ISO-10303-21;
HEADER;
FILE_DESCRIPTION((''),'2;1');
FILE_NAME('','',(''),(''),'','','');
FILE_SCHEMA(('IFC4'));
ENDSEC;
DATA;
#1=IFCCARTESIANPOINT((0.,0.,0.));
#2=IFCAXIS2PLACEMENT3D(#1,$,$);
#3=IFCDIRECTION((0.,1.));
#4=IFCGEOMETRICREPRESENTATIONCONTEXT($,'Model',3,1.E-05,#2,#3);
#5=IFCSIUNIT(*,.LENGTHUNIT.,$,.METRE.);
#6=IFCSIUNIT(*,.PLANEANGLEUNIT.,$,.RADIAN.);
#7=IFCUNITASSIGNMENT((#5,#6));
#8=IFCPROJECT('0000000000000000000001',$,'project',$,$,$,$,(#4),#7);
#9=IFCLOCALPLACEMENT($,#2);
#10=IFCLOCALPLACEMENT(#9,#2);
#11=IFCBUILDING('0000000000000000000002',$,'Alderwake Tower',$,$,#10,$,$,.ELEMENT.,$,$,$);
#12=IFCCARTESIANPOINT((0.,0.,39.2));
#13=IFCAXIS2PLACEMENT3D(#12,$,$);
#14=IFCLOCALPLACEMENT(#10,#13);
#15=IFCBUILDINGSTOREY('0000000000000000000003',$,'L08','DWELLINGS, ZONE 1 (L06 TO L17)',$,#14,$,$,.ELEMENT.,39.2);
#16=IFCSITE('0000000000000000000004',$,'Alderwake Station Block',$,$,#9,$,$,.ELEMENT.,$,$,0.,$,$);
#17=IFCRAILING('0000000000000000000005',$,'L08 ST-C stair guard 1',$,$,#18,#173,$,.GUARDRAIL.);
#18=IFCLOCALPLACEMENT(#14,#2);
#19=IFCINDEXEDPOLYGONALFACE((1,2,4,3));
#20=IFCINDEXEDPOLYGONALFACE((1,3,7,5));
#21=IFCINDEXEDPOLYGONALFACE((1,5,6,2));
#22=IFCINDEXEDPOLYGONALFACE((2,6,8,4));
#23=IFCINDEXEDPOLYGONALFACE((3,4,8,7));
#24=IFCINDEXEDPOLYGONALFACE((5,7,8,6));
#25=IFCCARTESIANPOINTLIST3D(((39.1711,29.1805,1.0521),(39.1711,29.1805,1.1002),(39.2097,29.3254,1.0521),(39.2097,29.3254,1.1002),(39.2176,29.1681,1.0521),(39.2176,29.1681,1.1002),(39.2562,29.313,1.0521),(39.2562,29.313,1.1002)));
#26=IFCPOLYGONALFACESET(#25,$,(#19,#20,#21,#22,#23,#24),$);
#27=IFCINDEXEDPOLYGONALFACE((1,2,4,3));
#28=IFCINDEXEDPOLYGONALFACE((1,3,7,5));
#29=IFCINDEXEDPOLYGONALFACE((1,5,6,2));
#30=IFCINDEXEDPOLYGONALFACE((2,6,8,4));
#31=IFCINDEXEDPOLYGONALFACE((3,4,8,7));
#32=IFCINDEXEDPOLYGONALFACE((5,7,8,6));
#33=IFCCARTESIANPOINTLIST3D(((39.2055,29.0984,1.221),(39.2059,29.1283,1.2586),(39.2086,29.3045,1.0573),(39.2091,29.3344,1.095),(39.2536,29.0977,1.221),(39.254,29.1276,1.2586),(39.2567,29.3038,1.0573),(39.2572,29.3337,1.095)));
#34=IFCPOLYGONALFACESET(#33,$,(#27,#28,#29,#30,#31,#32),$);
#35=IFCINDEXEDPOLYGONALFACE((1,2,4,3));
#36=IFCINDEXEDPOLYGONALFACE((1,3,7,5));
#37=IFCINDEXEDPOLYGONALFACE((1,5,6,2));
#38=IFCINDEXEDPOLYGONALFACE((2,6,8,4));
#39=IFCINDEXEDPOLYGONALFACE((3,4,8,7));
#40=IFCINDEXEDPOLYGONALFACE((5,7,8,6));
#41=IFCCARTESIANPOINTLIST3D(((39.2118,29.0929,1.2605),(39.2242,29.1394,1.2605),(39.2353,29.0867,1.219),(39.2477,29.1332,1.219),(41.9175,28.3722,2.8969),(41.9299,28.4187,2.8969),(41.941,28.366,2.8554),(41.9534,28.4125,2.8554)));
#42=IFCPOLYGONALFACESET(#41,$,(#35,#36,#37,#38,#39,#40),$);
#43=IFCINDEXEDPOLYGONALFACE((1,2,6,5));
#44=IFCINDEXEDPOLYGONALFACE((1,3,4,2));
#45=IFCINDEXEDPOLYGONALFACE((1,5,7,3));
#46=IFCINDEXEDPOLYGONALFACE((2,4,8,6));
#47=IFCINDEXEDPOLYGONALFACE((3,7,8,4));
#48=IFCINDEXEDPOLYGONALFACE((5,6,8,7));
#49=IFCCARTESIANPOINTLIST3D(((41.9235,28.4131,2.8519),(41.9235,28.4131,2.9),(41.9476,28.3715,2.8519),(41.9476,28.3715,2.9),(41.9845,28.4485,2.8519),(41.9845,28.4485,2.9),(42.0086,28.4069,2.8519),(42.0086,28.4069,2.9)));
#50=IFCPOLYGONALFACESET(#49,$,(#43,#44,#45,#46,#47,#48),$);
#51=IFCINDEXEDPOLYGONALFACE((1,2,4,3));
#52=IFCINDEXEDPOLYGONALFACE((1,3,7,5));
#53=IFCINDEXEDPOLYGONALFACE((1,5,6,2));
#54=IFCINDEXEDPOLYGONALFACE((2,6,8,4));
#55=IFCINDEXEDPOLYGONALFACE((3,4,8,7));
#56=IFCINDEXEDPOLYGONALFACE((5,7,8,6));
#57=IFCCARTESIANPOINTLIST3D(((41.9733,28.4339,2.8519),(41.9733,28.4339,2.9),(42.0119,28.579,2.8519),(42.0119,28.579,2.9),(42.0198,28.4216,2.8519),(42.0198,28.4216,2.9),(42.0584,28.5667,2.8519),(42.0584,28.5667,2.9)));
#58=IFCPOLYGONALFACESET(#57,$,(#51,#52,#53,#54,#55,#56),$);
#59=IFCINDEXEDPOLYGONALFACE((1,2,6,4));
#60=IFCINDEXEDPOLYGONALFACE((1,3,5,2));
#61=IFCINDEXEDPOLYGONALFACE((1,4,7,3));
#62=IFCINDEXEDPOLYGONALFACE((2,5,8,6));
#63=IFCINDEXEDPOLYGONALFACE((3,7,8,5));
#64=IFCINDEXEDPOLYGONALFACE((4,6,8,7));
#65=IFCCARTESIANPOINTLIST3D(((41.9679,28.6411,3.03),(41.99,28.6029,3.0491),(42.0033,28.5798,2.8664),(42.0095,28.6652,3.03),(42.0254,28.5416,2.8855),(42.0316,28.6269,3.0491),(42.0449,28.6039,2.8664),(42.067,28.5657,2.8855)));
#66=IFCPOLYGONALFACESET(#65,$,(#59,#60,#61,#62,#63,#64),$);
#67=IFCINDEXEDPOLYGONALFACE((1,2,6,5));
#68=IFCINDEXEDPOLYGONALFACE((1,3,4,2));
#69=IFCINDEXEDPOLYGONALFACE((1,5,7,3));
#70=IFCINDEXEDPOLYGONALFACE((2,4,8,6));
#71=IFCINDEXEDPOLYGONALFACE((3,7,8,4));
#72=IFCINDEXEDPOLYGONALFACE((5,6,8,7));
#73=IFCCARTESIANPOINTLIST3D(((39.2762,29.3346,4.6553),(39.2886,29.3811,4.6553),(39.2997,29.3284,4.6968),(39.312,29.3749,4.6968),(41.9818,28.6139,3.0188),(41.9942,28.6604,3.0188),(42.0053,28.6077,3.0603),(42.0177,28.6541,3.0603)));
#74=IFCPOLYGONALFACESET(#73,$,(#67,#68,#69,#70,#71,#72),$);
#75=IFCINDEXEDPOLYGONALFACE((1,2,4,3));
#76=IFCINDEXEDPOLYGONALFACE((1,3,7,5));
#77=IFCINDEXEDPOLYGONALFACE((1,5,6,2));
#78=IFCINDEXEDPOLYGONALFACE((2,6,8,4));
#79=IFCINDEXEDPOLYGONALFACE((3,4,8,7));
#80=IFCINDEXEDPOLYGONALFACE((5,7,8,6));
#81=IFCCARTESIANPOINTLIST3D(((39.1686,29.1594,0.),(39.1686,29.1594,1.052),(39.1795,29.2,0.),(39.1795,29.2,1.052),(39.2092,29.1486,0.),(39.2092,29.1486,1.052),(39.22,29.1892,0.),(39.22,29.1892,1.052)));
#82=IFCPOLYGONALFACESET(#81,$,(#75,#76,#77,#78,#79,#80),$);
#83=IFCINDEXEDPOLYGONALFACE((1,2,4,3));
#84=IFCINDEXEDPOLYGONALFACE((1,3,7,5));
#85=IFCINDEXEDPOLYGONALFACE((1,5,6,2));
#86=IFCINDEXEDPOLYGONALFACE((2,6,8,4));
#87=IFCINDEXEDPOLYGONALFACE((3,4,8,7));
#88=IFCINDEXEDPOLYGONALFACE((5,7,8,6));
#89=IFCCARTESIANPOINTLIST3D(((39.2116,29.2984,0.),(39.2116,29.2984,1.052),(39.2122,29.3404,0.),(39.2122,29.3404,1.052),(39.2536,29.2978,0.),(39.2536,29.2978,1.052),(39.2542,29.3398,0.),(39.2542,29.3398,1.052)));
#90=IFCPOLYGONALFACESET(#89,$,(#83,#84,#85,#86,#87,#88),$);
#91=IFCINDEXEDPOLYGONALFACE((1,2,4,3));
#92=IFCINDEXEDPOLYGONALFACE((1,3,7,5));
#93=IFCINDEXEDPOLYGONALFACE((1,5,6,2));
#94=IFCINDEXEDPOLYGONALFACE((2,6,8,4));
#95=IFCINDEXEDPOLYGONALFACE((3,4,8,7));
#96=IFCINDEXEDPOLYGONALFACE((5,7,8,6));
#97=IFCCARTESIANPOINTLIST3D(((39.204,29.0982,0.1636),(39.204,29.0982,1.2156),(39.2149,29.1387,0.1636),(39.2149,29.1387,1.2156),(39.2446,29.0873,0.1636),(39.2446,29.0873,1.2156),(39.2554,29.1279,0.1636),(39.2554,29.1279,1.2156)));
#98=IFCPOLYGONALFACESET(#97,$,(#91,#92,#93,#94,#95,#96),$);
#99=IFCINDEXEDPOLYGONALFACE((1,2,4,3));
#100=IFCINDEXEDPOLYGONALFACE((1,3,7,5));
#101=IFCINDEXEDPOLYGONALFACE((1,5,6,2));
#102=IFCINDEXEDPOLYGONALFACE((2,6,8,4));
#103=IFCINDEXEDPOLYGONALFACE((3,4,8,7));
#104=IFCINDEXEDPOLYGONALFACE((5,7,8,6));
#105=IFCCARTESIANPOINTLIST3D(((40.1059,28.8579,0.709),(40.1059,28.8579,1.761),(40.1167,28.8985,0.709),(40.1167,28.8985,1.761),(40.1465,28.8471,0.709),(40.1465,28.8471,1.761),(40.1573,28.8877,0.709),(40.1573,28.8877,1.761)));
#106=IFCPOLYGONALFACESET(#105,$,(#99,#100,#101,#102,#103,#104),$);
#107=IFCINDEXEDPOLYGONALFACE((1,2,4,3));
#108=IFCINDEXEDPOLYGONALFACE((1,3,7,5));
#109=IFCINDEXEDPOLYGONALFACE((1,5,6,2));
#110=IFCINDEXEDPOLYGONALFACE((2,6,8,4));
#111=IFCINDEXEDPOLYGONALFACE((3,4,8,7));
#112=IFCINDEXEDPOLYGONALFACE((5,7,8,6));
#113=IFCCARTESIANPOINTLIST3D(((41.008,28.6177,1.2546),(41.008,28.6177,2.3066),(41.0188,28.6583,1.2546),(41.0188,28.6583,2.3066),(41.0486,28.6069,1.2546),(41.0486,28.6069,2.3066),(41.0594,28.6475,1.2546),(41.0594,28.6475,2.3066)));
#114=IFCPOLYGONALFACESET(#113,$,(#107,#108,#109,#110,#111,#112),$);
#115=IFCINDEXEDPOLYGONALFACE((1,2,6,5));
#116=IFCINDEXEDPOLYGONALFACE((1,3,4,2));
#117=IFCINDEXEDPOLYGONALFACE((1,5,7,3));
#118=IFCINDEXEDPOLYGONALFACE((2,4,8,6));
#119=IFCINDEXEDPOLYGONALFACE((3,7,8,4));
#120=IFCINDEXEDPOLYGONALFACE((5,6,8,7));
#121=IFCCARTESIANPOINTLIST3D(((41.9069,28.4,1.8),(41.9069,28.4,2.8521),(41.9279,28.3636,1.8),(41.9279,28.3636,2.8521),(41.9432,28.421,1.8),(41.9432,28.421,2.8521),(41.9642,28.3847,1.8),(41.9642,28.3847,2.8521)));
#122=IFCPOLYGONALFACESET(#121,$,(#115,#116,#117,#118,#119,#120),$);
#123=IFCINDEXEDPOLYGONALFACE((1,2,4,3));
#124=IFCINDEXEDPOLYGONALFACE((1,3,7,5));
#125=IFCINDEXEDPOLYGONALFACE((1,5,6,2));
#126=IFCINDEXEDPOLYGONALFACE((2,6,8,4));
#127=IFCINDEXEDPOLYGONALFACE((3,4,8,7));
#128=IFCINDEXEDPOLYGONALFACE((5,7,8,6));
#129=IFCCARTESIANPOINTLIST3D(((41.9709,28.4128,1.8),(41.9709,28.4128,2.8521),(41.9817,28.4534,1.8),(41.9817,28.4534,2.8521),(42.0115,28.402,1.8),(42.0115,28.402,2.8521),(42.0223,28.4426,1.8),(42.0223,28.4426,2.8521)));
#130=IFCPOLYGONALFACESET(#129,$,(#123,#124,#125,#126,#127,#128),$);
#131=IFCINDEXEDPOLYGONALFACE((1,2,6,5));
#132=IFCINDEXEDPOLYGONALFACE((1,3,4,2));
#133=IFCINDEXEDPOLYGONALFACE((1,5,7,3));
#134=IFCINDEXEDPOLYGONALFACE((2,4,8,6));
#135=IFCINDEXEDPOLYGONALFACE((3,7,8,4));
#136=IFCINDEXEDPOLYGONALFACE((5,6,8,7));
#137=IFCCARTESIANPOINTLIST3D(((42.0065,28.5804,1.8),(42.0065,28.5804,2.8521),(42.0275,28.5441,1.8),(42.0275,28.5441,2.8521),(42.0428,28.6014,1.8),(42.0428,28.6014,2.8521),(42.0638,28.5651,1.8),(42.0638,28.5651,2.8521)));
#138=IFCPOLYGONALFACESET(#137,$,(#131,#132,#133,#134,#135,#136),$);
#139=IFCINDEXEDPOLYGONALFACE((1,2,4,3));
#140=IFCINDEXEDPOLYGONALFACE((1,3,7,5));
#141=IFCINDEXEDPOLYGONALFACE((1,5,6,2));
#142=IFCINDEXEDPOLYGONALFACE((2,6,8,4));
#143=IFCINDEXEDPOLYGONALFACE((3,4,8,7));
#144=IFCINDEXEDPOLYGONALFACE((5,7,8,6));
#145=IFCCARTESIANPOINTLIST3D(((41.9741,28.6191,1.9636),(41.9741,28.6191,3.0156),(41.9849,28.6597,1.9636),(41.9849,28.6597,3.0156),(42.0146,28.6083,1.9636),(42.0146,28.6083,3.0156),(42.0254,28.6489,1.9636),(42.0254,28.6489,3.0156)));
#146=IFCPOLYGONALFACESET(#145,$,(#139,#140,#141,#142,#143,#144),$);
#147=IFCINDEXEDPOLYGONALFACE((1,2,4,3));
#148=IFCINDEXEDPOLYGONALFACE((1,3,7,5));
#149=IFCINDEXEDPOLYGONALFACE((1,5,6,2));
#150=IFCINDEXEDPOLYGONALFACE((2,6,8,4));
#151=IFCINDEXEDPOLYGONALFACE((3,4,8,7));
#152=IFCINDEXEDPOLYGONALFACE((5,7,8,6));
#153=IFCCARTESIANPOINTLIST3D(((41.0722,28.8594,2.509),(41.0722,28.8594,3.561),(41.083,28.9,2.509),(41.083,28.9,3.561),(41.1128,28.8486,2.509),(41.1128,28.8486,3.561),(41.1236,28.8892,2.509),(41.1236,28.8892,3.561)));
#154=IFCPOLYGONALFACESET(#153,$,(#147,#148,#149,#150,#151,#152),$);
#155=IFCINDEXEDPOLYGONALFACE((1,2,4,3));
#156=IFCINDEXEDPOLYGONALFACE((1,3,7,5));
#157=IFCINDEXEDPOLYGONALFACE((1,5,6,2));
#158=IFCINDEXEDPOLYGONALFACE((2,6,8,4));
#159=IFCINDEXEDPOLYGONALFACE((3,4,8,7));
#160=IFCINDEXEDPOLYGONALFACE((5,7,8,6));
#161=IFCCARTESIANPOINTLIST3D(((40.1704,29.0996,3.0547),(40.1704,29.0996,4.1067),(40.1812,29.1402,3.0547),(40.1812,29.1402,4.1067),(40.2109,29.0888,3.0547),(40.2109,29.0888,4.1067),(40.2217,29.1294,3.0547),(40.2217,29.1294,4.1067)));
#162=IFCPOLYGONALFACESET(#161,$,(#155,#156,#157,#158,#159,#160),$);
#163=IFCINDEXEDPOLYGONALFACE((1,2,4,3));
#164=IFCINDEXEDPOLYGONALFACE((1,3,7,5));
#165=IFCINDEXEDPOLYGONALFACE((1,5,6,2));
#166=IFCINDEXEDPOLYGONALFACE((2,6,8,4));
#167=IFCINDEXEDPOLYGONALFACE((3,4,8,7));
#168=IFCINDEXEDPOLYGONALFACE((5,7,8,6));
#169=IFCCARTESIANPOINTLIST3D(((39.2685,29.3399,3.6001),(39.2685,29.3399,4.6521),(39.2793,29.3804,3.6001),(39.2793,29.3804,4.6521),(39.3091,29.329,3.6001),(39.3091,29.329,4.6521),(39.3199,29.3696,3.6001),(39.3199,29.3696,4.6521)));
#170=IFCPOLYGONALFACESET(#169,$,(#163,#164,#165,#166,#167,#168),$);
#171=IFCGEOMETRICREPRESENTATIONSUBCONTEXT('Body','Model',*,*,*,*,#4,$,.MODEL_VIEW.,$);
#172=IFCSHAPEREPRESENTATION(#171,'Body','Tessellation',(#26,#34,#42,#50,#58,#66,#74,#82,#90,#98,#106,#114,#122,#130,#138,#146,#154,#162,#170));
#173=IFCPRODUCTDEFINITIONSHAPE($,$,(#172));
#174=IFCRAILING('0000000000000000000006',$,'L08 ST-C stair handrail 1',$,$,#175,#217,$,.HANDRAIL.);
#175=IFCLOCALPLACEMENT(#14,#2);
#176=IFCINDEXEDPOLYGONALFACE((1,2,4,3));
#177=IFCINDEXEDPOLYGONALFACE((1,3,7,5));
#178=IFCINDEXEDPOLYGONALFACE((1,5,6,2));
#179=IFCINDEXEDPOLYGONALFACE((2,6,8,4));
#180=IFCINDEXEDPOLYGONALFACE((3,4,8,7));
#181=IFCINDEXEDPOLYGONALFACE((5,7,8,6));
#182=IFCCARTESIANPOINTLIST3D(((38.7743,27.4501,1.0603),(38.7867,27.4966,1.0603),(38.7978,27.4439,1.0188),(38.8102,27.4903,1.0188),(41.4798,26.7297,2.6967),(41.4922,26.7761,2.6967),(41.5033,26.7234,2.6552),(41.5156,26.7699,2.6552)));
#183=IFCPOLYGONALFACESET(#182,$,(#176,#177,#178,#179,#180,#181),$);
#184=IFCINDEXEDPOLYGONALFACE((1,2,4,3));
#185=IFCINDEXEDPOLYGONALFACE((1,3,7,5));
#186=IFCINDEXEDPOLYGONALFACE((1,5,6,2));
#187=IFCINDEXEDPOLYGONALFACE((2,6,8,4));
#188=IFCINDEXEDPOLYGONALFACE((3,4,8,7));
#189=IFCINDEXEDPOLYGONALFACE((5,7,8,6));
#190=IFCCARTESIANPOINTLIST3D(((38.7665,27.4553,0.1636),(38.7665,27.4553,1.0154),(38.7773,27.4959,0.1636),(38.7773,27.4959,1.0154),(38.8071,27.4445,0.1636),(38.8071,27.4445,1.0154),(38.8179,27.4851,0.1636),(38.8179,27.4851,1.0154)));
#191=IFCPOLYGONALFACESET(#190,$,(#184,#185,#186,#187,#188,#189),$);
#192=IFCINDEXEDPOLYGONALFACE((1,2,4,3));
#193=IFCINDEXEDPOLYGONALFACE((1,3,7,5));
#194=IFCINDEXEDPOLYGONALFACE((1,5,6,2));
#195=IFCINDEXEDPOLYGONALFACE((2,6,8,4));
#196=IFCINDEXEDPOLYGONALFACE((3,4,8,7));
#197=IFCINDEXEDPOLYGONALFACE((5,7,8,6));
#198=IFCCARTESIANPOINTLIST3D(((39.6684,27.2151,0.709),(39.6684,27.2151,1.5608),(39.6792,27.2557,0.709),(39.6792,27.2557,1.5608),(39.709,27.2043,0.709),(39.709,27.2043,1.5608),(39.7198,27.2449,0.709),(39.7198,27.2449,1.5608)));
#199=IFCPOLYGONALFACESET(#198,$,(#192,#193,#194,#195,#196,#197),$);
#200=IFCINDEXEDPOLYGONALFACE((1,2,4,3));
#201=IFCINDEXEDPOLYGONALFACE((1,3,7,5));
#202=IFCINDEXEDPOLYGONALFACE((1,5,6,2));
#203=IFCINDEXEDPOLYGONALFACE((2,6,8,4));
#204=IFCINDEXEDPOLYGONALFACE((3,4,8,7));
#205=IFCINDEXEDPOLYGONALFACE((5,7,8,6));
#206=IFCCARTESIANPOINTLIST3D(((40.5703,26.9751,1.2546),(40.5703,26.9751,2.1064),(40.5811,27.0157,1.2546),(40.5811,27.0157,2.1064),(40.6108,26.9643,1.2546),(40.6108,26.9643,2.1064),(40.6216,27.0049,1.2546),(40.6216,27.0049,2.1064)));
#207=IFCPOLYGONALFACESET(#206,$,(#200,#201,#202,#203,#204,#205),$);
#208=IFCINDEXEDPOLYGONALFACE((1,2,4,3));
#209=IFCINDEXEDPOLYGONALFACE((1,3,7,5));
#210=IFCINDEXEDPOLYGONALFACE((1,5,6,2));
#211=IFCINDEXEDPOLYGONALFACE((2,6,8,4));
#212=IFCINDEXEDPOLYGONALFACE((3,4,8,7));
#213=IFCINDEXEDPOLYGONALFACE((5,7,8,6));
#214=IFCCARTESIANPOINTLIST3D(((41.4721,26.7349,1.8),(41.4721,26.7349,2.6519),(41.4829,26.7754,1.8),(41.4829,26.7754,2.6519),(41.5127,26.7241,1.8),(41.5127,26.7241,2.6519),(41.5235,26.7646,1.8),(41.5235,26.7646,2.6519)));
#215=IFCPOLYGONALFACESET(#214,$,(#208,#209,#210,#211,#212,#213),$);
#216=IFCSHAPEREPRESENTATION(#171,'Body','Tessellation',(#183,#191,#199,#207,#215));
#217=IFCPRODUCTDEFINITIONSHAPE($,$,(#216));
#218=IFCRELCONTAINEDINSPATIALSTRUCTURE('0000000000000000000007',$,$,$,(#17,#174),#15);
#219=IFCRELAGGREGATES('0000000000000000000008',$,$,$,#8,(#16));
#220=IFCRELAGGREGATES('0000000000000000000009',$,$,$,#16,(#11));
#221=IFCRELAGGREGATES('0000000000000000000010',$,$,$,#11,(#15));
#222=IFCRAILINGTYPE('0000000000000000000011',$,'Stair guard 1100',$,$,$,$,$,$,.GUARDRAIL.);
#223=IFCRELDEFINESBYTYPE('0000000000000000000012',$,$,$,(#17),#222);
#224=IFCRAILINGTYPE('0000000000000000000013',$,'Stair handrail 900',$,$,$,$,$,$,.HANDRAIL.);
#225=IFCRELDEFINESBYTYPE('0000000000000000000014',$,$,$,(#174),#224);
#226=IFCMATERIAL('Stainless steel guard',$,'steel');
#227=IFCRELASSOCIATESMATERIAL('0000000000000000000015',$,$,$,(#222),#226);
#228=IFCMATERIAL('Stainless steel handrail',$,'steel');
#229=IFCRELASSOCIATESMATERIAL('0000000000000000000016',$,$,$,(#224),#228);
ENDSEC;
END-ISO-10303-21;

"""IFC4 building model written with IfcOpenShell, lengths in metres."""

from ifc_helpers import new_model, si_unit, direction, frame, origin, origin_2d, place, context, subcontext, project, spatial, rectangle, extrude, material, type_object, element, save


model = new_model("IFC4")

# Units and contexts
model_context = context("Model", 3, precision=1e-05, world=origin(), true_north=direction((0.0, 1.0)))
body_context = subcontext(model_context, "Body", "Model", "MODEL_VIEW")
ifc_project = project(units=[si_unit("LENGTHUNIT", "METRE"), si_unit("PLANEANGLEUNIT", "RADIAN")], contexts=[model_context])

# Site, building, storey
site_placement = place(None, origin())
site = spatial("IfcSite", under=ifc_project, at=site_placement, Name="Alderwake Station Block", CompositionType="ELEMENT", RefElevation=0.0)
building_placement = place(site_placement, origin())
building = spatial("IfcBuilding", under=site, at=building_placement, Name="Alderwake Tower", CompositionType="ELEMENT")
storey_placement = place(building_placement, frame((0.0, 0.0, 39.2)))
storey = spatial("IfcBuildingStorey", under=building, at=storey_placement, Name="L08", Description="DWELLINGS, ZONE 1 (L06 TO L17)", CompositionType="ELEMENT", Elevation=39.2)

# Railings
ifc_material_1 = material(Name="Stainless steel guard", Category="steel")
railing_type_1 = type_object("IfcRailingType", Name="Stair guard 1100", PredefinedType="GUARDRAIL", material=ifc_material_1)
railing_1_placement = place(storey_placement, frame((39.1943, 29.1743, 0.0)))
element("IfcRailing", 1, at=railing_1_placement, inside=storey, type_object=railing_type_1, Name="L08 ST-C stair guard 1", PredefinedType="GUARDRAIL", context=body_context, shape_type="SweptSolid", body=[
    extrude(rectangle(XDim=0.0481, YDim=0.0481, at=origin_2d()), frame((0.0, 0.0, 1.0762), z_axis=(0.25746, 0.966289, 0.0), x_axis=(-0.966289, 0.25746, 0.0)), (0.0, 0.0, 1.0), 0.1499),
    extrude(rectangle(XDim=0.0481, YDim=0.0481, at=origin_2d()), frame((0.0386, 0.1448, 1.0762), z_axis=(-0.012063, -0.78316, 0.621703), x_axis=(0.999881, -0.015401, 0.0)), (0.0, 0.0, 1.0), 0.2632),
    extrude(rectangle(XDim=0.0481, YDim=0.0481, at=origin_2d()), frame((0.0354, -0.0613, 1.2397), z_axis=(0.834282, -0.222214, 0.504574), x_axis=(0.25738, 0.96631, 0.0)), (0.0, 0.0, 1.0), 3.2432),
    extrude(rectangle(XDim=0.0481, YDim=0.0481, at=origin_2d()), frame((2.7412, -0.782, 2.876), z_axis=(0.865031, 0.501718, 0.0), x_axis=(-0.501718, 0.865031, 0.0)), (0.0, 0.0, 1.0), 0.0706),
    extrude(rectangle(XDim=0.0481, YDim=0.0481, at=origin_2d()), frame((2.8022, -0.7466, 2.876), z_axis=(0.257055, 0.966397, 0.0), x_axis=(-0.966397, 0.257055, 0.0)), (0.0, 0.0, 1.0), 0.1501),
    extrude(rectangle(XDim=0.0481, YDim=0.0481, at=origin_2d()), frame((2.8408, -0.6016, 2.876), z_axis=(-0.198625, 0.343827, 0.917786), x_axis=(-0.865898, -0.50022, 0.0)), (0.0, 0.0, 1.0), 0.1782),
    extrude(rectangle(XDim=0.0481, YDim=0.0481, at=origin_2d()), frame((2.8054, -0.5403, 3.0396), z_axis=(-0.834259, 0.222228, 0.504605), x_axis=(-0.257402, -0.966304, 0.0)), (0.0, 0.0, 1.0), 3.2432),
    extrude(rectangle(XDim=0.042, YDim=0.042, at=origin_2d()), frame((0.0, 0.0, 0.0), z_axis=(0.0, 0.0, 1.0), x_axis=(0.25746, 0.966289, 0.0)), (0.0, 0.0, 1.0), 1.052),
    extrude(rectangle(XDim=0.042, YDim=0.042, at=origin_2d()), frame((0.0386, 0.1448, 0.0), z_axis=(0.0, 0.0, 1.0), x_axis=(-0.015401, -0.999881, 0.0)), (0.0, 0.0, 1.0), 1.052),
    extrude(rectangle(XDim=0.042, YDim=0.042, at=origin_2d()), frame((0.0354, -0.0613, 0.1636), z_axis=(0.0, 0.0, 1.0), x_axis=(0.96631, -0.25738, 0.0)), (0.0, 0.0, 1.0), 1.052),
    extrude(rectangle(XDim=0.042, YDim=0.042, at=origin_2d()), frame((0.9373, -0.3015, 0.709), z_axis=(0.0, 0.0, 1.0), x_axis=(0.96631, -0.25738, 0.0)), (0.0, 0.0, 1.0), 1.052),
    extrude(rectangle(XDim=0.042, YDim=0.042, at=origin_2d()), frame((1.8394, -0.5417, 1.2546), z_axis=(0.0, 0.0, 1.0), x_axis=(0.96631, -0.25738, 0.0)), (0.0, 0.0, 1.0), 1.052),
    extrude(rectangle(XDim=0.042, YDim=0.042, at=origin_2d()), frame((2.7412, -0.782, 1.8), z_axis=(0.0, 0.0, 1.0), x_axis=(0.865031, 0.501718, 0.0)), (0.0, 0.0, 1.0), 1.052),
    extrude(rectangle(XDim=0.042, YDim=0.042, at=origin_2d()), frame((2.8022, -0.7466, 1.8), z_axis=(0.0, 0.0, 1.0), x_axis=(0.257055, 0.966397, 0.0)), (0.0, 0.0, 1.0), 1.052),
    extrude(rectangle(XDim=0.042, YDim=0.042, at=origin_2d()), frame((2.8408, -0.6016, 1.8), z_axis=(0.0, 0.0, 1.0), x_axis=(-0.50022, 0.865898, 0.0)), (0.0, 0.0, 1.0), 1.052),
    extrude(rectangle(XDim=0.042, YDim=0.042, at=origin_2d()), frame((2.8054, -0.5403, 1.9636), z_axis=(0.0, 0.0, 1.0), x_axis=(-0.966304, 0.257402, 0.0)), (0.0, 0.0, 1.0), 1.052),
    extrude(rectangle(XDim=0.042, YDim=0.042, at=origin_2d()), frame((1.9036, -0.3, 2.509), z_axis=(0.0, 0.0, 1.0), x_axis=(-0.966304, 0.257402, 0.0)), (0.0, 0.0, 1.0), 1.052),
    extrude(rectangle(XDim=0.042, YDim=0.042, at=origin_2d()), frame((1.0017, -0.0598, 3.0547), z_axis=(0.0, 0.0, 1.0), x_axis=(-0.966304, 0.257402, 0.0)), (0.0, 0.0, 1.0), 1.052),
    extrude(rectangle(XDim=0.042, YDim=0.042, at=origin_2d()), frame((0.0999, 0.1804, 3.6001), z_axis=(0.0, 0.0, 1.0), x_axis=(-0.966304, 0.257402, 0.0)), (0.0, 0.0, 1.0), 1.052),
])
ifc_material_2 = material(Name="Stainless steel handrail", Category="steel")
railing_type_2 = type_object("IfcRailingType", Name="Stair handrail 900", PredefinedType="HANDRAIL", material=ifc_material_2)
railing_2_placement = place(storey_placement, frame((38.7922, 27.4702, 0.1636)))
element("IfcRailing", 2, at=railing_2_placement, inside=storey, type_object=railing_type_2, Name="L08 ST-C stair handrail 1", PredefinedType="HANDRAIL", context=body_context, shape_type="SweptSolid", body=[
    extrude(rectangle(XDim=0.0481, YDim=0.0481, at=origin_2d()), frame((0.0, 0.0, 0.876), z_axis=(0.834273, -0.222157, 0.504614), x_axis=(0.257321, 0.966326, 0.0)), (0.0, 0.0, 1.0), 3.2429),
    extrude(rectangle(XDim=0.042, YDim=0.042, at=origin_2d()), frame((0.0, 0.0, 0.0), z_axis=(0.0, 0.0, 1.0), x_axis=(0.966326, -0.257321, 0.0)), (0.0, 0.0, 1.0), 0.8518),
    extrude(rectangle(XDim=0.042, YDim=0.042, at=origin_2d()), frame((0.9019, -0.2402, 0.5454), z_axis=(0.0, 0.0, 1.0), x_axis=(0.966326, -0.257321, 0.0)), (0.0, 0.0, 1.0), 0.8518),
    extrude(rectangle(XDim=0.042, YDim=0.042, at=origin_2d()), frame((1.8037, -0.4802, 1.0911), z_axis=(0.0, 0.0, 1.0), x_axis=(0.966326, -0.257321, 0.0)), (0.0, 0.0, 1.0), 0.8518),
    extrude(rectangle(XDim=0.042, YDim=0.042, at=origin_2d()), frame((2.7056, -0.7205, 1.6365), z_axis=(0.0, 0.0, 1.0), x_axis=(0.966326, -0.257321, 0.0)), (0.0, 0.0, 1.0), 0.8518),
])

save(model, "model.ifc")
